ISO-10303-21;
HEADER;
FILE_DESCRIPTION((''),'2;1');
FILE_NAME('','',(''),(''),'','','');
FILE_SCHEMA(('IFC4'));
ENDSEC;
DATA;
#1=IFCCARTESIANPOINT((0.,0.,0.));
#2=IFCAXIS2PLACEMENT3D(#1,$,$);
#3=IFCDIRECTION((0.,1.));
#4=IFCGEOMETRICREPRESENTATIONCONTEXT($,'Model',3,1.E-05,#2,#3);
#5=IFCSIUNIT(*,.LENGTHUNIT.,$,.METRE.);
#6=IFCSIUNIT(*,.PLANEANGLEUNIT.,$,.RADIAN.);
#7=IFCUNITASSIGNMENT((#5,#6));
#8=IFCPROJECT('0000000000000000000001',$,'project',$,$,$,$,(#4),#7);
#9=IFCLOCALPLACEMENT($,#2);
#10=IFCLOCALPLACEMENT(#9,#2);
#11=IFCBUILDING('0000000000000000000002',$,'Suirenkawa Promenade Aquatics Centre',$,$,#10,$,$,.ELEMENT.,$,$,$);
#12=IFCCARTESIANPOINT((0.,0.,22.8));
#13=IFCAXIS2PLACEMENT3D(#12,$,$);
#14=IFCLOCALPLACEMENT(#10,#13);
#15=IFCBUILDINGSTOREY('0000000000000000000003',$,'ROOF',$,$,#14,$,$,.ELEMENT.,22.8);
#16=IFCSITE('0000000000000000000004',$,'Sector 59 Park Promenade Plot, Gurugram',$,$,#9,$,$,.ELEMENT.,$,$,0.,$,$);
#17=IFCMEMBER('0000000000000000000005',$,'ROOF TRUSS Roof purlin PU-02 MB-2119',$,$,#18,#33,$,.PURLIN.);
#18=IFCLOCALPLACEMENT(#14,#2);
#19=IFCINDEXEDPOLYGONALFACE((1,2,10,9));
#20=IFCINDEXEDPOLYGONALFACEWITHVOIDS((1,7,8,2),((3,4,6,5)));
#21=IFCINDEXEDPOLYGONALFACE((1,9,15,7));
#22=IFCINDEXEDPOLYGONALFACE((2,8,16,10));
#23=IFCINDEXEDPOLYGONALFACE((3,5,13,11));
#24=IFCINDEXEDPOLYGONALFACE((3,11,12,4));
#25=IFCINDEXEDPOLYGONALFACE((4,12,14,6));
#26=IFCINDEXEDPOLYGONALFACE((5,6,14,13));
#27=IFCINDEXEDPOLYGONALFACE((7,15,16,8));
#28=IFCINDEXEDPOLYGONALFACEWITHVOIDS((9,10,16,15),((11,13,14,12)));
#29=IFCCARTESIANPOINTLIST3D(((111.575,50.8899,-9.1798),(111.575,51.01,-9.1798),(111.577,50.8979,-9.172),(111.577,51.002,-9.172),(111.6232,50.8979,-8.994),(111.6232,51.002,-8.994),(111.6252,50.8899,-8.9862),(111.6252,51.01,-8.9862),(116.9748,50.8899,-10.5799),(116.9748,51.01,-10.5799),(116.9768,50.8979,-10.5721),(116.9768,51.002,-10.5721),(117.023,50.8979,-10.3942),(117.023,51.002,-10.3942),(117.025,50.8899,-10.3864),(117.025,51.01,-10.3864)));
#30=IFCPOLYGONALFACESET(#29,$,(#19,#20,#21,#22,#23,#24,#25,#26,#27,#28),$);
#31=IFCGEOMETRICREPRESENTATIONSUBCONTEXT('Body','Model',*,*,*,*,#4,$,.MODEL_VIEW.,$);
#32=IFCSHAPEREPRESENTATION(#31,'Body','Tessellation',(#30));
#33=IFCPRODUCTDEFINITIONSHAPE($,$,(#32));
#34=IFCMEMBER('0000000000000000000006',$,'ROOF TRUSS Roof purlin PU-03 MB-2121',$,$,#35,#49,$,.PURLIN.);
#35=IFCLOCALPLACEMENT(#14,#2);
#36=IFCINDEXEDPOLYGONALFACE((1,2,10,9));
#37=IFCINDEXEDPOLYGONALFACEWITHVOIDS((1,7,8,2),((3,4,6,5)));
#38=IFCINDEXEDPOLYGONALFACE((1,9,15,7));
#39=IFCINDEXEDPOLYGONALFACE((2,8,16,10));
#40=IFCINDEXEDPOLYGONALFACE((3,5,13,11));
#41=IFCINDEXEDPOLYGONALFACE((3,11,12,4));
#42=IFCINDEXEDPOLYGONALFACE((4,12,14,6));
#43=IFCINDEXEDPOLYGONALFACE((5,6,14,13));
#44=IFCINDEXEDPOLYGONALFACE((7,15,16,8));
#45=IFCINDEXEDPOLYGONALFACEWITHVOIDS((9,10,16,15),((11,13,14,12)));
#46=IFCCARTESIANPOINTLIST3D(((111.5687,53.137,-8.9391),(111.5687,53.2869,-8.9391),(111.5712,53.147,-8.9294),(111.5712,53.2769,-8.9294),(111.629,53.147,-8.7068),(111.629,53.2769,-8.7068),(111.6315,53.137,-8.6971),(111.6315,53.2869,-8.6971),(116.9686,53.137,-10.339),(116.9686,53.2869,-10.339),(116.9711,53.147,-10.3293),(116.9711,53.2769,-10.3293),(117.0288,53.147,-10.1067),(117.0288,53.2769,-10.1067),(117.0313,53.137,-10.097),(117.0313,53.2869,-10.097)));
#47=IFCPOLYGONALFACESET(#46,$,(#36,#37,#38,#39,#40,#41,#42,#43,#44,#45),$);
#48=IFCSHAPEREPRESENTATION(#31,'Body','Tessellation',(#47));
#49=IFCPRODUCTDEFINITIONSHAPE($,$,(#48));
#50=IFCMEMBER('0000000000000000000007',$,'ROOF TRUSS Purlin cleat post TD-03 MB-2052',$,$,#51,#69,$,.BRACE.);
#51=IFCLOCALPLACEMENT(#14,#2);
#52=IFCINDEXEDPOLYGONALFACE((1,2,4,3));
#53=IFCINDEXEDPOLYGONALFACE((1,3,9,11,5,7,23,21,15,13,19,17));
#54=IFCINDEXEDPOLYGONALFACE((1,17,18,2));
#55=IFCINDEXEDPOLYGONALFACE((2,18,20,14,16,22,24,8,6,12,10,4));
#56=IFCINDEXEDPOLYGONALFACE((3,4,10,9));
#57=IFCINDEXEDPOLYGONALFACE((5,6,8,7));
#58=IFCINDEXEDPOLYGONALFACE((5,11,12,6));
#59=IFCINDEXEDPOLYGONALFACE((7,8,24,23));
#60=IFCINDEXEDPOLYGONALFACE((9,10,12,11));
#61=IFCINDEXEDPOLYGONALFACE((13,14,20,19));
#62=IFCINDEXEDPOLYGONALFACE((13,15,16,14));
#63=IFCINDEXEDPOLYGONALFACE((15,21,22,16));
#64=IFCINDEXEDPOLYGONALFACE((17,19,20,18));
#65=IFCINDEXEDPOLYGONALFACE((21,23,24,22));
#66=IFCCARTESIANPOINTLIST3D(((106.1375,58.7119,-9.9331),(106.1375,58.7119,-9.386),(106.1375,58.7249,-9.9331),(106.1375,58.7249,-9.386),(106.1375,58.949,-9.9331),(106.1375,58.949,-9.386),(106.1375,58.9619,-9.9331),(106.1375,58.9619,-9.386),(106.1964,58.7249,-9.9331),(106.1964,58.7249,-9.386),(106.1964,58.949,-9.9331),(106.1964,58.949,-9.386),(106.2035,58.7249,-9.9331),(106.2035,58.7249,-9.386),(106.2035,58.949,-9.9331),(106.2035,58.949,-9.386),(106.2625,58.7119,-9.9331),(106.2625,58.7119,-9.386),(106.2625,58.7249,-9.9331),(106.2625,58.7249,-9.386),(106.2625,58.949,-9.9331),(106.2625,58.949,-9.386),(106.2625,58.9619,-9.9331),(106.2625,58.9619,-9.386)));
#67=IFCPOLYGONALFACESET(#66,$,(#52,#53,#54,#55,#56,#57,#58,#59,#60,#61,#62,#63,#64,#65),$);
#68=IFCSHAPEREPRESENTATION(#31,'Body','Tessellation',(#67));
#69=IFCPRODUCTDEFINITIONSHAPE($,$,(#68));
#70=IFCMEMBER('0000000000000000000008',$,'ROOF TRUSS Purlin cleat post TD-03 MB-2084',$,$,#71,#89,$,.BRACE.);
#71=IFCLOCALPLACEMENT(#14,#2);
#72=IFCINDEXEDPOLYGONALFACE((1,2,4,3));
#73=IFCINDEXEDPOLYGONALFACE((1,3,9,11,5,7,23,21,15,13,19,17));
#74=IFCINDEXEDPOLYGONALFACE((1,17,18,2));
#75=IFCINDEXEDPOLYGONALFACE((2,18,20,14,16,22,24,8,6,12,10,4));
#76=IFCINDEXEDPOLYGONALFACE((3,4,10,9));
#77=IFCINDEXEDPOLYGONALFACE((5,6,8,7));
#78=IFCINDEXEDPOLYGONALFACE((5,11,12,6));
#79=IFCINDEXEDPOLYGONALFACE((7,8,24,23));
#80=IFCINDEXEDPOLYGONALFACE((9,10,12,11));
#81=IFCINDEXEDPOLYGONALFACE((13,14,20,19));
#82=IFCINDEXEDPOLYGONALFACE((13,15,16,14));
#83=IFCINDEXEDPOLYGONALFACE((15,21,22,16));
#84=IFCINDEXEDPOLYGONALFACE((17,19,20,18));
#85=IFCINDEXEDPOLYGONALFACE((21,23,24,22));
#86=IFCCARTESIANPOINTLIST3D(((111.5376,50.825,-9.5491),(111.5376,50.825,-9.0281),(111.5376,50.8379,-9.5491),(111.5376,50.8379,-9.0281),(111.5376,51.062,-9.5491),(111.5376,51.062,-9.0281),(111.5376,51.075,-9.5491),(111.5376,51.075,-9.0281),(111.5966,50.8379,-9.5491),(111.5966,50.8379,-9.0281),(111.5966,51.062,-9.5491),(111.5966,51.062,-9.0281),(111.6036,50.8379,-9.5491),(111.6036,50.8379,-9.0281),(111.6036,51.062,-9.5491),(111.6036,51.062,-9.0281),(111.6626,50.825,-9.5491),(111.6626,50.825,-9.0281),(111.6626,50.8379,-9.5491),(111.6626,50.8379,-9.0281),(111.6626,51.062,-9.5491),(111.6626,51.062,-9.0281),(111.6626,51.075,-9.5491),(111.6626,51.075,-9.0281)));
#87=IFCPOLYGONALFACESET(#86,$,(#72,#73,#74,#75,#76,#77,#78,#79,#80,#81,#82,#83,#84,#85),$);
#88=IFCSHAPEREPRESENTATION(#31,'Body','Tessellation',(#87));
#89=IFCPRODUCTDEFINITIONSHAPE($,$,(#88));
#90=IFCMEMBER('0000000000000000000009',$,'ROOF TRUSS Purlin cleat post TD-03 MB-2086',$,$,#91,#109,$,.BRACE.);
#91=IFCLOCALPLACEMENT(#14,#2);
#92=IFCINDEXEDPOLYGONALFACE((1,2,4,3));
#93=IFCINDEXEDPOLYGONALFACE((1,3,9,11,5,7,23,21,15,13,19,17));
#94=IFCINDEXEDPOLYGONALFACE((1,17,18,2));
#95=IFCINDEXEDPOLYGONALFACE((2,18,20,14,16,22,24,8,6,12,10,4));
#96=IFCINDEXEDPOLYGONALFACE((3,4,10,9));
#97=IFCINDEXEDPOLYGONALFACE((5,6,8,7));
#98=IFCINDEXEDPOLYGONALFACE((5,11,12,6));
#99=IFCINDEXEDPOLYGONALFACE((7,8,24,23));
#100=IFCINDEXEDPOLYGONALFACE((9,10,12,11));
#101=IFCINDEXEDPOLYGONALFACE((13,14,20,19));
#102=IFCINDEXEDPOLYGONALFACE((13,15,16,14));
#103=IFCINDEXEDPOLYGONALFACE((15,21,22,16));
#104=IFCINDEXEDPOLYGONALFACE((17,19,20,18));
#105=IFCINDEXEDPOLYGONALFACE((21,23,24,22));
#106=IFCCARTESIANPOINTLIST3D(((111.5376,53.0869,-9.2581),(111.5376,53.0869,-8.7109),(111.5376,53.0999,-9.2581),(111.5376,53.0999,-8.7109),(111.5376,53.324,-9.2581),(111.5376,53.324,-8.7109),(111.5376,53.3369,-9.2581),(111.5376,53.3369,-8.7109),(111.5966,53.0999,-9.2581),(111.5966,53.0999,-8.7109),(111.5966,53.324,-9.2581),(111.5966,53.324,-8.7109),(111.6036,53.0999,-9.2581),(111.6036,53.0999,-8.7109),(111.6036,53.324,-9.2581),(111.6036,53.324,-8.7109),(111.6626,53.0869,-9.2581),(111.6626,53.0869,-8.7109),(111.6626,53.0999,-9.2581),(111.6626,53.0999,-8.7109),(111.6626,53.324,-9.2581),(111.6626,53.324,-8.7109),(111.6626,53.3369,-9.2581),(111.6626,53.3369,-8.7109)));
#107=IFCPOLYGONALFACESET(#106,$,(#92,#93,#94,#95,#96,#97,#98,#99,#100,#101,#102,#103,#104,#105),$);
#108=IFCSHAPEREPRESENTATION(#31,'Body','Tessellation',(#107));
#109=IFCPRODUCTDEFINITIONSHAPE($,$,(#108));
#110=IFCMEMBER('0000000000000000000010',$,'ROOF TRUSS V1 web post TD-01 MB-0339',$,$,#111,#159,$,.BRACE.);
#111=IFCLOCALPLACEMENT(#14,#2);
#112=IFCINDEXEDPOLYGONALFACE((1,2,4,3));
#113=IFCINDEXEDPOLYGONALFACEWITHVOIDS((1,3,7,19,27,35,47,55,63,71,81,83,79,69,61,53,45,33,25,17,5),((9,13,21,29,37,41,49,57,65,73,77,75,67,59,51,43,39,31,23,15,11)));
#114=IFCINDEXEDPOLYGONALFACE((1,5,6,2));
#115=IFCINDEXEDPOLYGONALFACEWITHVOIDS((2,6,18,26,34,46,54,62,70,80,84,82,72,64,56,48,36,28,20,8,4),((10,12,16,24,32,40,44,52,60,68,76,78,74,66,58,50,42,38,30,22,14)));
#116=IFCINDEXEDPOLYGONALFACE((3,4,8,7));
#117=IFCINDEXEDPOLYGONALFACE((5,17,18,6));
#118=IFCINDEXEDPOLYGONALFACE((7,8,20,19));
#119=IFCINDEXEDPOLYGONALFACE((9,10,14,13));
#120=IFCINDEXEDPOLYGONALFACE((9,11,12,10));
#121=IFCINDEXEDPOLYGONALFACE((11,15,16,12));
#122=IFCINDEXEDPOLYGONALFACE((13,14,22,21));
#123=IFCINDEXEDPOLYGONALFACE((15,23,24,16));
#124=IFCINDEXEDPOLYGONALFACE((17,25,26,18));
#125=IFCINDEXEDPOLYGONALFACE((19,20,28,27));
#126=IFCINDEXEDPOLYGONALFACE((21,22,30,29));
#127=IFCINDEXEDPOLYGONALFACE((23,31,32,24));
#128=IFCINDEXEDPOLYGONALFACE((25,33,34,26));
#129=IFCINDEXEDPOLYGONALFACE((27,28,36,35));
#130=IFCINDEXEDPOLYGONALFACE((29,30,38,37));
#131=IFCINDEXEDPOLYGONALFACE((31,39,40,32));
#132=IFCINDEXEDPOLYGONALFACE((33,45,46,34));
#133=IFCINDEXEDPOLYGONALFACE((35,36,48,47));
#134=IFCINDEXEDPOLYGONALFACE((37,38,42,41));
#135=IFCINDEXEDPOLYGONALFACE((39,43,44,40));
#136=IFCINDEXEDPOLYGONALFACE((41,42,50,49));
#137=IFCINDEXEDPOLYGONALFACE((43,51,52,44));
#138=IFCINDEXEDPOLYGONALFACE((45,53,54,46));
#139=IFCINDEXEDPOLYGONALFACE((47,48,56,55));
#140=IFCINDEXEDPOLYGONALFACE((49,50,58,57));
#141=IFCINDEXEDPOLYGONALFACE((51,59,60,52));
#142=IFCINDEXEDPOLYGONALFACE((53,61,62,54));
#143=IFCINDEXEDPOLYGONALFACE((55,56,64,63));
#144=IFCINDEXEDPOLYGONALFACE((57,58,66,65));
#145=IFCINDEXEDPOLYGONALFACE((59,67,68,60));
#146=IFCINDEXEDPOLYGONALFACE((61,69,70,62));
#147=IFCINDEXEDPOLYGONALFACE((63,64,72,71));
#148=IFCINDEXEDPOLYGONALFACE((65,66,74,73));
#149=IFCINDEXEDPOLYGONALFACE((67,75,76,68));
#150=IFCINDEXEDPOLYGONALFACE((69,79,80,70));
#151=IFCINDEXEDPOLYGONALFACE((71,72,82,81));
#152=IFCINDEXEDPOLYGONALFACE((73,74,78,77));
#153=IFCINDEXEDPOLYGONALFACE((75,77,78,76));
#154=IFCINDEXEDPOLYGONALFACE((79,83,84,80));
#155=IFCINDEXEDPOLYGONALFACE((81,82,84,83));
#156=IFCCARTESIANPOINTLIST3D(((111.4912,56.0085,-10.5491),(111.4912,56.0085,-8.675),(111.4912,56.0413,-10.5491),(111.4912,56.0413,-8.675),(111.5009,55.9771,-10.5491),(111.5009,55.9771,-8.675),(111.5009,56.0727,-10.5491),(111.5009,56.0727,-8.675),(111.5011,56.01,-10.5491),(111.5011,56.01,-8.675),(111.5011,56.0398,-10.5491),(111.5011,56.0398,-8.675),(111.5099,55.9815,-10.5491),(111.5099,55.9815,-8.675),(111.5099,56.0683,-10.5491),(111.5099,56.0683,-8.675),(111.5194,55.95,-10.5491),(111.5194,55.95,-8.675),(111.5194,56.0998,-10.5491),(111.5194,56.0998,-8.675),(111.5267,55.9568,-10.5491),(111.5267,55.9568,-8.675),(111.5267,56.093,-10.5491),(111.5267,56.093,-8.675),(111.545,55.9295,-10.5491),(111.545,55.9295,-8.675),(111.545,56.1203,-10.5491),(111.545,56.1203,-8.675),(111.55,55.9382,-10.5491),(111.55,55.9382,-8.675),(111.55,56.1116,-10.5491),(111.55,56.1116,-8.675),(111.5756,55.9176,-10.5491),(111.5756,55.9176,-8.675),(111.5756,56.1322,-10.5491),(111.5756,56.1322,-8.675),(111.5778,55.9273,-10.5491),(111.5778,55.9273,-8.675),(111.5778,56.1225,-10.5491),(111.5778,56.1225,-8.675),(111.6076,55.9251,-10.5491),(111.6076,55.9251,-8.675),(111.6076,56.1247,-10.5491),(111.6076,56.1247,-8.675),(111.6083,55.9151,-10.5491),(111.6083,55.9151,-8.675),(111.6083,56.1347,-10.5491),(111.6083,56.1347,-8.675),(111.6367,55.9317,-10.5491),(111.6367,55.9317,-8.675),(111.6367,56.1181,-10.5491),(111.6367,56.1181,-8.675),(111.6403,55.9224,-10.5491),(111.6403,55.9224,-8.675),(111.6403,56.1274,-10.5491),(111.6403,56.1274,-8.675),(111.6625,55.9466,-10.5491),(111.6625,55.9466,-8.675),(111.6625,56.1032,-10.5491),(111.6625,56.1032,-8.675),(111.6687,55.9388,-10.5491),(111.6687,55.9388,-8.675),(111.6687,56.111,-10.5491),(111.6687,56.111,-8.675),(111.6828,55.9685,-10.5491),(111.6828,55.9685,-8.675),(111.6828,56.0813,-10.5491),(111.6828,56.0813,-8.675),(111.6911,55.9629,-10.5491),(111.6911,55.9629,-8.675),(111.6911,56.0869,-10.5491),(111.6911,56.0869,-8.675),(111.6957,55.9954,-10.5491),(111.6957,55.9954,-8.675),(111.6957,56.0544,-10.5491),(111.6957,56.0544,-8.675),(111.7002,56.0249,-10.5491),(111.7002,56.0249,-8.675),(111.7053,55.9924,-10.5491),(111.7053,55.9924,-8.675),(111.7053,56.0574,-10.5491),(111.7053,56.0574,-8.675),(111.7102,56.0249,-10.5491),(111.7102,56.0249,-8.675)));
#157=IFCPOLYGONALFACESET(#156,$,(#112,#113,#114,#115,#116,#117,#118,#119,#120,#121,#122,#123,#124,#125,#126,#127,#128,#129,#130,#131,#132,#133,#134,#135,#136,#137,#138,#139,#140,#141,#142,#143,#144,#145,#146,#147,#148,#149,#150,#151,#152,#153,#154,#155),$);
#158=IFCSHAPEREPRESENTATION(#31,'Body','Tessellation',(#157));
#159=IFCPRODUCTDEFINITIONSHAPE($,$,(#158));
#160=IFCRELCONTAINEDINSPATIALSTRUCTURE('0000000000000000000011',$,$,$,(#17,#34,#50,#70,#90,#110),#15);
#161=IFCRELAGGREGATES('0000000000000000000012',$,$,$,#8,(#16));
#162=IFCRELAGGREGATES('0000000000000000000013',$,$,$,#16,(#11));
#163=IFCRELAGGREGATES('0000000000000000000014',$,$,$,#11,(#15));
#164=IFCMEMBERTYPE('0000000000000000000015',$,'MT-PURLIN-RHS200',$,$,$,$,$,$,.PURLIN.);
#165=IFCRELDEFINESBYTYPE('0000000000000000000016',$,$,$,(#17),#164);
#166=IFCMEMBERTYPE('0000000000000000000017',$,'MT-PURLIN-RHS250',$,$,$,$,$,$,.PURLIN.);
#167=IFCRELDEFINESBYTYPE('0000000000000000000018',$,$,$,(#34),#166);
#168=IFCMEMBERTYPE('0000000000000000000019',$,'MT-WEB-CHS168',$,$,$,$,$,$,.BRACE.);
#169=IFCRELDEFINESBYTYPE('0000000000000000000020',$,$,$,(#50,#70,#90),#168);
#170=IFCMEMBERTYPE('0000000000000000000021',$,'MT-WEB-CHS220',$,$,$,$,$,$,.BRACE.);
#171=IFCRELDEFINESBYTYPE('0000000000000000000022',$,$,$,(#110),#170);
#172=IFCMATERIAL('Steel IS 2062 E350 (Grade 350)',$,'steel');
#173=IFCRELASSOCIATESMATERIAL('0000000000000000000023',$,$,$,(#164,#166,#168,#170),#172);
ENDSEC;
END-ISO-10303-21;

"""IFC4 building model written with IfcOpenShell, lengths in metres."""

from ifc_helpers import new_model, si_unit, direction, frame, origin, origin_2d, place, context, subcontext, project, spatial, hollow_rectangle, hollow_circle, i_section, extrude, material, material_profile, profile_set, type_object, element, save


model = new_model("IFC4")

# Units and contexts
model_context = context("Model", 3, precision=1e-05, world=origin(), true_north=direction((0.0, 1.0)))
body_context = subcontext(model_context, "Body", "Model", "MODEL_VIEW")
ifc_project = project(units=[si_unit("LENGTHUNIT", "METRE"), si_unit("PLANEANGLEUNIT", "RADIAN")], contexts=[model_context])

# Site, building, storey
site_placement = place(None, origin())
site = spatial("IfcSite", under=ifc_project, at=site_placement, Name="Sector 59 Park Promenade Plot, Gurugram", CompositionType="ELEMENT", RefElevation=0.0)
building_placement = place(site_placement, origin())
building = spatial("IfcBuilding", under=site, at=building_placement, Name="Suirenkawa Promenade Aquatics Centre", CompositionType="ELEMENT")
storey_placement = place(building_placement, frame((0.0, 0.0, 22.8)))
storey = spatial("IfcBuildingStorey", under=building, at=storey_placement, Name="ROOF", CompositionType="ELEMENT", Elevation=22.8)

# Shared definitions
ifc_material_1 = material(Name="Steel IS 2062 E350 (Grade 350)", Category="steel")

# Members
ifc_material_profile_1 = material_profile(ifc_material_1, hollow_rectangle(XDim=0.1201, YDim=0.2, WallThickness=0.0081, at=origin_2d()), Name="RHS 200x120x8", Category="steel")
ifc_profile_set_1 = profile_set([ifc_material_profile_1], Name="Steel IS 2062 E350 (Grade 350)")
member_type_1 = type_object("IfcMemberType", Name="MT-PURLIN-RHS200", PredefinedType="PURLIN", material=ifc_profile_set_1)
member_1_placement = place(storey_placement, frame((111.6001, 50.95, -9.083), z_axis=(0.967989, 0.0, -0.250991), x_axis=(0.0, 1.0, 0.0)))
element("IfcMember", 1, at=member_1_placement, inside=storey, type_object=member_type_1, Name="ROOF TRUSS Roof purlin PU-02 MB-2119", PredefinedType="PURLIN", context=body_context, shape_type="SweptSolid", body=[
    extrude(hollow_rectangle(XDim=0.1201, YDim=0.2, WallThickness=0.0081, at=origin_2d()), origin(), (0.0, 0.0, 1.0), 5.5784),
])
ifc_material_profile_2 = material_profile(ifc_material_1, hollow_rectangle(XDim=0.1499, YDim=0.25, WallThickness=0.01, at=origin_2d()), Name="RHS 250x150x10", Category="steel")
ifc_profile_set_2 = profile_set([ifc_material_profile_2], Name="Steel IS 2062 E350 (Grade 350)")
member_type_2 = type_object("IfcMemberType", Name="MT-PURLIN-RHS250", PredefinedType="PURLIN", material=ifc_profile_set_2)
member_2_placement = place(storey_placement, frame((111.6001, 53.2119, -8.8181), z_axis=(0.968, 0.0, -0.25095), x_axis=(0.0, 1.0, 0.0)))
element("IfcMember", 2, at=member_2_placement, inside=storey, type_object=member_type_2, Name="ROOF TRUSS Roof purlin PU-03 MB-2121", PredefinedType="PURLIN", context=body_context, shape_type="SweptSolid", body=[
    extrude(hollow_rectangle(XDim=0.1499, YDim=0.25, WallThickness=0.01, at=origin_2d()), origin(), (0.0, 0.0, 1.0), 5.5784),
])
ifc_material_profile_3 = material_profile(ifc_material_1, i_section(OverallWidth=0.125, OverallDepth=0.25, WebThickness=0.0071, FlangeThickness=0.0129, at=origin_2d()), Name="ISMB 250", Category="steel")
ifc_profile_set_3 = profile_set([ifc_material_profile_3], Name="Steel IS 2062 E350 (Grade 350)")
member_type_3 = type_object("IfcMemberType", Name="MT-WEB-CHS168", PredefinedType="BRACE", material=ifc_profile_set_3)
member_3_placement = place(storey_placement, frame((106.2, 58.8369, -9.9331), z_axis=(0.0, 0.0, 1.0), x_axis=(1.0, 0.0, 0.0)))
element("IfcMember", 3, at=member_3_placement, inside=storey, type_object=member_type_3, Name="ROOF TRUSS Purlin cleat post TD-03 MB-2052", PredefinedType="BRACE", context=body_context, shape_type="SweptSolid", body=[
    extrude(i_section(OverallWidth=0.125, OverallDepth=0.25, WebThickness=0.0071, FlangeThickness=0.0129, at=origin_2d()), origin(), (0.0, 0.0, 1.0), 0.5471),
])
member_4_placement = place(storey_placement, frame((111.6001, 50.95, -9.5491), z_axis=(0.0, 0.0, 1.0), x_axis=(1.0, 0.0, 0.0)))
element("IfcMember", 4, at=member_4_placement, inside=storey, type_object=member_type_3, Name="ROOF TRUSS Purlin cleat post TD-03 MB-2084", PredefinedType="BRACE", context=body_context, shape_type="SweptSolid", body=[
    extrude(i_section(OverallWidth=0.125, OverallDepth=0.25, WebThickness=0.0071, FlangeThickness=0.0129, at=origin_2d()), origin(), (0.0, 0.0, 1.0), 0.521),
])
member_5_placement = place(storey_placement, frame((111.6001, 53.2119, -9.2581), z_axis=(0.0, 0.0, 1.0), x_axis=(1.0, 0.0, 0.0)))
element("IfcMember", 5, at=member_5_placement, inside=storey, type_object=member_type_3, Name="ROOF TRUSS Purlin cleat post TD-03 MB-2086", PredefinedType="BRACE", context=body_context, shape_type="SweptSolid", body=[
    extrude(i_section(OverallWidth=0.125, OverallDepth=0.25, WebThickness=0.0071, FlangeThickness=0.0129, at=origin_2d()), origin(), (0.0, 0.0, 1.0), 0.5471),
])
ifc_material_profile_4 = material_profile(ifc_material_1, hollow_circle(Radius=0.1101, WallThickness=0.01, at=origin_2d()), Name="CHS 220x10", Category="steel")
ifc_profile_set_4 = profile_set([ifc_material_profile_4], Name="Steel IS 2062 E350 (Grade 350)")
member_type_4 = type_object("IfcMemberType", Name="MT-WEB-CHS220", PredefinedType="BRACE", material=ifc_profile_set_4)
member_6_placement = place(storey_placement, frame((111.6001, 56.0249, -10.5491), z_axis=(0.0, 0.0, 1.0), x_axis=(1.0, 0.0, 0.0)))
element("IfcMember", 6, at=member_6_placement, inside=storey, type_object=member_type_4, Name="ROOF TRUSS V1 web post TD-01 MB-0339", PredefinedType="BRACE", context=body_context, shape_type="SweptSolid", body=[
    extrude(hollow_circle(Radius=0.1101, WallThickness=0.01, at=origin_2d()), origin(), (0.0, 0.0, 1.0), 1.874),
])

save(model, "model.ifc")
